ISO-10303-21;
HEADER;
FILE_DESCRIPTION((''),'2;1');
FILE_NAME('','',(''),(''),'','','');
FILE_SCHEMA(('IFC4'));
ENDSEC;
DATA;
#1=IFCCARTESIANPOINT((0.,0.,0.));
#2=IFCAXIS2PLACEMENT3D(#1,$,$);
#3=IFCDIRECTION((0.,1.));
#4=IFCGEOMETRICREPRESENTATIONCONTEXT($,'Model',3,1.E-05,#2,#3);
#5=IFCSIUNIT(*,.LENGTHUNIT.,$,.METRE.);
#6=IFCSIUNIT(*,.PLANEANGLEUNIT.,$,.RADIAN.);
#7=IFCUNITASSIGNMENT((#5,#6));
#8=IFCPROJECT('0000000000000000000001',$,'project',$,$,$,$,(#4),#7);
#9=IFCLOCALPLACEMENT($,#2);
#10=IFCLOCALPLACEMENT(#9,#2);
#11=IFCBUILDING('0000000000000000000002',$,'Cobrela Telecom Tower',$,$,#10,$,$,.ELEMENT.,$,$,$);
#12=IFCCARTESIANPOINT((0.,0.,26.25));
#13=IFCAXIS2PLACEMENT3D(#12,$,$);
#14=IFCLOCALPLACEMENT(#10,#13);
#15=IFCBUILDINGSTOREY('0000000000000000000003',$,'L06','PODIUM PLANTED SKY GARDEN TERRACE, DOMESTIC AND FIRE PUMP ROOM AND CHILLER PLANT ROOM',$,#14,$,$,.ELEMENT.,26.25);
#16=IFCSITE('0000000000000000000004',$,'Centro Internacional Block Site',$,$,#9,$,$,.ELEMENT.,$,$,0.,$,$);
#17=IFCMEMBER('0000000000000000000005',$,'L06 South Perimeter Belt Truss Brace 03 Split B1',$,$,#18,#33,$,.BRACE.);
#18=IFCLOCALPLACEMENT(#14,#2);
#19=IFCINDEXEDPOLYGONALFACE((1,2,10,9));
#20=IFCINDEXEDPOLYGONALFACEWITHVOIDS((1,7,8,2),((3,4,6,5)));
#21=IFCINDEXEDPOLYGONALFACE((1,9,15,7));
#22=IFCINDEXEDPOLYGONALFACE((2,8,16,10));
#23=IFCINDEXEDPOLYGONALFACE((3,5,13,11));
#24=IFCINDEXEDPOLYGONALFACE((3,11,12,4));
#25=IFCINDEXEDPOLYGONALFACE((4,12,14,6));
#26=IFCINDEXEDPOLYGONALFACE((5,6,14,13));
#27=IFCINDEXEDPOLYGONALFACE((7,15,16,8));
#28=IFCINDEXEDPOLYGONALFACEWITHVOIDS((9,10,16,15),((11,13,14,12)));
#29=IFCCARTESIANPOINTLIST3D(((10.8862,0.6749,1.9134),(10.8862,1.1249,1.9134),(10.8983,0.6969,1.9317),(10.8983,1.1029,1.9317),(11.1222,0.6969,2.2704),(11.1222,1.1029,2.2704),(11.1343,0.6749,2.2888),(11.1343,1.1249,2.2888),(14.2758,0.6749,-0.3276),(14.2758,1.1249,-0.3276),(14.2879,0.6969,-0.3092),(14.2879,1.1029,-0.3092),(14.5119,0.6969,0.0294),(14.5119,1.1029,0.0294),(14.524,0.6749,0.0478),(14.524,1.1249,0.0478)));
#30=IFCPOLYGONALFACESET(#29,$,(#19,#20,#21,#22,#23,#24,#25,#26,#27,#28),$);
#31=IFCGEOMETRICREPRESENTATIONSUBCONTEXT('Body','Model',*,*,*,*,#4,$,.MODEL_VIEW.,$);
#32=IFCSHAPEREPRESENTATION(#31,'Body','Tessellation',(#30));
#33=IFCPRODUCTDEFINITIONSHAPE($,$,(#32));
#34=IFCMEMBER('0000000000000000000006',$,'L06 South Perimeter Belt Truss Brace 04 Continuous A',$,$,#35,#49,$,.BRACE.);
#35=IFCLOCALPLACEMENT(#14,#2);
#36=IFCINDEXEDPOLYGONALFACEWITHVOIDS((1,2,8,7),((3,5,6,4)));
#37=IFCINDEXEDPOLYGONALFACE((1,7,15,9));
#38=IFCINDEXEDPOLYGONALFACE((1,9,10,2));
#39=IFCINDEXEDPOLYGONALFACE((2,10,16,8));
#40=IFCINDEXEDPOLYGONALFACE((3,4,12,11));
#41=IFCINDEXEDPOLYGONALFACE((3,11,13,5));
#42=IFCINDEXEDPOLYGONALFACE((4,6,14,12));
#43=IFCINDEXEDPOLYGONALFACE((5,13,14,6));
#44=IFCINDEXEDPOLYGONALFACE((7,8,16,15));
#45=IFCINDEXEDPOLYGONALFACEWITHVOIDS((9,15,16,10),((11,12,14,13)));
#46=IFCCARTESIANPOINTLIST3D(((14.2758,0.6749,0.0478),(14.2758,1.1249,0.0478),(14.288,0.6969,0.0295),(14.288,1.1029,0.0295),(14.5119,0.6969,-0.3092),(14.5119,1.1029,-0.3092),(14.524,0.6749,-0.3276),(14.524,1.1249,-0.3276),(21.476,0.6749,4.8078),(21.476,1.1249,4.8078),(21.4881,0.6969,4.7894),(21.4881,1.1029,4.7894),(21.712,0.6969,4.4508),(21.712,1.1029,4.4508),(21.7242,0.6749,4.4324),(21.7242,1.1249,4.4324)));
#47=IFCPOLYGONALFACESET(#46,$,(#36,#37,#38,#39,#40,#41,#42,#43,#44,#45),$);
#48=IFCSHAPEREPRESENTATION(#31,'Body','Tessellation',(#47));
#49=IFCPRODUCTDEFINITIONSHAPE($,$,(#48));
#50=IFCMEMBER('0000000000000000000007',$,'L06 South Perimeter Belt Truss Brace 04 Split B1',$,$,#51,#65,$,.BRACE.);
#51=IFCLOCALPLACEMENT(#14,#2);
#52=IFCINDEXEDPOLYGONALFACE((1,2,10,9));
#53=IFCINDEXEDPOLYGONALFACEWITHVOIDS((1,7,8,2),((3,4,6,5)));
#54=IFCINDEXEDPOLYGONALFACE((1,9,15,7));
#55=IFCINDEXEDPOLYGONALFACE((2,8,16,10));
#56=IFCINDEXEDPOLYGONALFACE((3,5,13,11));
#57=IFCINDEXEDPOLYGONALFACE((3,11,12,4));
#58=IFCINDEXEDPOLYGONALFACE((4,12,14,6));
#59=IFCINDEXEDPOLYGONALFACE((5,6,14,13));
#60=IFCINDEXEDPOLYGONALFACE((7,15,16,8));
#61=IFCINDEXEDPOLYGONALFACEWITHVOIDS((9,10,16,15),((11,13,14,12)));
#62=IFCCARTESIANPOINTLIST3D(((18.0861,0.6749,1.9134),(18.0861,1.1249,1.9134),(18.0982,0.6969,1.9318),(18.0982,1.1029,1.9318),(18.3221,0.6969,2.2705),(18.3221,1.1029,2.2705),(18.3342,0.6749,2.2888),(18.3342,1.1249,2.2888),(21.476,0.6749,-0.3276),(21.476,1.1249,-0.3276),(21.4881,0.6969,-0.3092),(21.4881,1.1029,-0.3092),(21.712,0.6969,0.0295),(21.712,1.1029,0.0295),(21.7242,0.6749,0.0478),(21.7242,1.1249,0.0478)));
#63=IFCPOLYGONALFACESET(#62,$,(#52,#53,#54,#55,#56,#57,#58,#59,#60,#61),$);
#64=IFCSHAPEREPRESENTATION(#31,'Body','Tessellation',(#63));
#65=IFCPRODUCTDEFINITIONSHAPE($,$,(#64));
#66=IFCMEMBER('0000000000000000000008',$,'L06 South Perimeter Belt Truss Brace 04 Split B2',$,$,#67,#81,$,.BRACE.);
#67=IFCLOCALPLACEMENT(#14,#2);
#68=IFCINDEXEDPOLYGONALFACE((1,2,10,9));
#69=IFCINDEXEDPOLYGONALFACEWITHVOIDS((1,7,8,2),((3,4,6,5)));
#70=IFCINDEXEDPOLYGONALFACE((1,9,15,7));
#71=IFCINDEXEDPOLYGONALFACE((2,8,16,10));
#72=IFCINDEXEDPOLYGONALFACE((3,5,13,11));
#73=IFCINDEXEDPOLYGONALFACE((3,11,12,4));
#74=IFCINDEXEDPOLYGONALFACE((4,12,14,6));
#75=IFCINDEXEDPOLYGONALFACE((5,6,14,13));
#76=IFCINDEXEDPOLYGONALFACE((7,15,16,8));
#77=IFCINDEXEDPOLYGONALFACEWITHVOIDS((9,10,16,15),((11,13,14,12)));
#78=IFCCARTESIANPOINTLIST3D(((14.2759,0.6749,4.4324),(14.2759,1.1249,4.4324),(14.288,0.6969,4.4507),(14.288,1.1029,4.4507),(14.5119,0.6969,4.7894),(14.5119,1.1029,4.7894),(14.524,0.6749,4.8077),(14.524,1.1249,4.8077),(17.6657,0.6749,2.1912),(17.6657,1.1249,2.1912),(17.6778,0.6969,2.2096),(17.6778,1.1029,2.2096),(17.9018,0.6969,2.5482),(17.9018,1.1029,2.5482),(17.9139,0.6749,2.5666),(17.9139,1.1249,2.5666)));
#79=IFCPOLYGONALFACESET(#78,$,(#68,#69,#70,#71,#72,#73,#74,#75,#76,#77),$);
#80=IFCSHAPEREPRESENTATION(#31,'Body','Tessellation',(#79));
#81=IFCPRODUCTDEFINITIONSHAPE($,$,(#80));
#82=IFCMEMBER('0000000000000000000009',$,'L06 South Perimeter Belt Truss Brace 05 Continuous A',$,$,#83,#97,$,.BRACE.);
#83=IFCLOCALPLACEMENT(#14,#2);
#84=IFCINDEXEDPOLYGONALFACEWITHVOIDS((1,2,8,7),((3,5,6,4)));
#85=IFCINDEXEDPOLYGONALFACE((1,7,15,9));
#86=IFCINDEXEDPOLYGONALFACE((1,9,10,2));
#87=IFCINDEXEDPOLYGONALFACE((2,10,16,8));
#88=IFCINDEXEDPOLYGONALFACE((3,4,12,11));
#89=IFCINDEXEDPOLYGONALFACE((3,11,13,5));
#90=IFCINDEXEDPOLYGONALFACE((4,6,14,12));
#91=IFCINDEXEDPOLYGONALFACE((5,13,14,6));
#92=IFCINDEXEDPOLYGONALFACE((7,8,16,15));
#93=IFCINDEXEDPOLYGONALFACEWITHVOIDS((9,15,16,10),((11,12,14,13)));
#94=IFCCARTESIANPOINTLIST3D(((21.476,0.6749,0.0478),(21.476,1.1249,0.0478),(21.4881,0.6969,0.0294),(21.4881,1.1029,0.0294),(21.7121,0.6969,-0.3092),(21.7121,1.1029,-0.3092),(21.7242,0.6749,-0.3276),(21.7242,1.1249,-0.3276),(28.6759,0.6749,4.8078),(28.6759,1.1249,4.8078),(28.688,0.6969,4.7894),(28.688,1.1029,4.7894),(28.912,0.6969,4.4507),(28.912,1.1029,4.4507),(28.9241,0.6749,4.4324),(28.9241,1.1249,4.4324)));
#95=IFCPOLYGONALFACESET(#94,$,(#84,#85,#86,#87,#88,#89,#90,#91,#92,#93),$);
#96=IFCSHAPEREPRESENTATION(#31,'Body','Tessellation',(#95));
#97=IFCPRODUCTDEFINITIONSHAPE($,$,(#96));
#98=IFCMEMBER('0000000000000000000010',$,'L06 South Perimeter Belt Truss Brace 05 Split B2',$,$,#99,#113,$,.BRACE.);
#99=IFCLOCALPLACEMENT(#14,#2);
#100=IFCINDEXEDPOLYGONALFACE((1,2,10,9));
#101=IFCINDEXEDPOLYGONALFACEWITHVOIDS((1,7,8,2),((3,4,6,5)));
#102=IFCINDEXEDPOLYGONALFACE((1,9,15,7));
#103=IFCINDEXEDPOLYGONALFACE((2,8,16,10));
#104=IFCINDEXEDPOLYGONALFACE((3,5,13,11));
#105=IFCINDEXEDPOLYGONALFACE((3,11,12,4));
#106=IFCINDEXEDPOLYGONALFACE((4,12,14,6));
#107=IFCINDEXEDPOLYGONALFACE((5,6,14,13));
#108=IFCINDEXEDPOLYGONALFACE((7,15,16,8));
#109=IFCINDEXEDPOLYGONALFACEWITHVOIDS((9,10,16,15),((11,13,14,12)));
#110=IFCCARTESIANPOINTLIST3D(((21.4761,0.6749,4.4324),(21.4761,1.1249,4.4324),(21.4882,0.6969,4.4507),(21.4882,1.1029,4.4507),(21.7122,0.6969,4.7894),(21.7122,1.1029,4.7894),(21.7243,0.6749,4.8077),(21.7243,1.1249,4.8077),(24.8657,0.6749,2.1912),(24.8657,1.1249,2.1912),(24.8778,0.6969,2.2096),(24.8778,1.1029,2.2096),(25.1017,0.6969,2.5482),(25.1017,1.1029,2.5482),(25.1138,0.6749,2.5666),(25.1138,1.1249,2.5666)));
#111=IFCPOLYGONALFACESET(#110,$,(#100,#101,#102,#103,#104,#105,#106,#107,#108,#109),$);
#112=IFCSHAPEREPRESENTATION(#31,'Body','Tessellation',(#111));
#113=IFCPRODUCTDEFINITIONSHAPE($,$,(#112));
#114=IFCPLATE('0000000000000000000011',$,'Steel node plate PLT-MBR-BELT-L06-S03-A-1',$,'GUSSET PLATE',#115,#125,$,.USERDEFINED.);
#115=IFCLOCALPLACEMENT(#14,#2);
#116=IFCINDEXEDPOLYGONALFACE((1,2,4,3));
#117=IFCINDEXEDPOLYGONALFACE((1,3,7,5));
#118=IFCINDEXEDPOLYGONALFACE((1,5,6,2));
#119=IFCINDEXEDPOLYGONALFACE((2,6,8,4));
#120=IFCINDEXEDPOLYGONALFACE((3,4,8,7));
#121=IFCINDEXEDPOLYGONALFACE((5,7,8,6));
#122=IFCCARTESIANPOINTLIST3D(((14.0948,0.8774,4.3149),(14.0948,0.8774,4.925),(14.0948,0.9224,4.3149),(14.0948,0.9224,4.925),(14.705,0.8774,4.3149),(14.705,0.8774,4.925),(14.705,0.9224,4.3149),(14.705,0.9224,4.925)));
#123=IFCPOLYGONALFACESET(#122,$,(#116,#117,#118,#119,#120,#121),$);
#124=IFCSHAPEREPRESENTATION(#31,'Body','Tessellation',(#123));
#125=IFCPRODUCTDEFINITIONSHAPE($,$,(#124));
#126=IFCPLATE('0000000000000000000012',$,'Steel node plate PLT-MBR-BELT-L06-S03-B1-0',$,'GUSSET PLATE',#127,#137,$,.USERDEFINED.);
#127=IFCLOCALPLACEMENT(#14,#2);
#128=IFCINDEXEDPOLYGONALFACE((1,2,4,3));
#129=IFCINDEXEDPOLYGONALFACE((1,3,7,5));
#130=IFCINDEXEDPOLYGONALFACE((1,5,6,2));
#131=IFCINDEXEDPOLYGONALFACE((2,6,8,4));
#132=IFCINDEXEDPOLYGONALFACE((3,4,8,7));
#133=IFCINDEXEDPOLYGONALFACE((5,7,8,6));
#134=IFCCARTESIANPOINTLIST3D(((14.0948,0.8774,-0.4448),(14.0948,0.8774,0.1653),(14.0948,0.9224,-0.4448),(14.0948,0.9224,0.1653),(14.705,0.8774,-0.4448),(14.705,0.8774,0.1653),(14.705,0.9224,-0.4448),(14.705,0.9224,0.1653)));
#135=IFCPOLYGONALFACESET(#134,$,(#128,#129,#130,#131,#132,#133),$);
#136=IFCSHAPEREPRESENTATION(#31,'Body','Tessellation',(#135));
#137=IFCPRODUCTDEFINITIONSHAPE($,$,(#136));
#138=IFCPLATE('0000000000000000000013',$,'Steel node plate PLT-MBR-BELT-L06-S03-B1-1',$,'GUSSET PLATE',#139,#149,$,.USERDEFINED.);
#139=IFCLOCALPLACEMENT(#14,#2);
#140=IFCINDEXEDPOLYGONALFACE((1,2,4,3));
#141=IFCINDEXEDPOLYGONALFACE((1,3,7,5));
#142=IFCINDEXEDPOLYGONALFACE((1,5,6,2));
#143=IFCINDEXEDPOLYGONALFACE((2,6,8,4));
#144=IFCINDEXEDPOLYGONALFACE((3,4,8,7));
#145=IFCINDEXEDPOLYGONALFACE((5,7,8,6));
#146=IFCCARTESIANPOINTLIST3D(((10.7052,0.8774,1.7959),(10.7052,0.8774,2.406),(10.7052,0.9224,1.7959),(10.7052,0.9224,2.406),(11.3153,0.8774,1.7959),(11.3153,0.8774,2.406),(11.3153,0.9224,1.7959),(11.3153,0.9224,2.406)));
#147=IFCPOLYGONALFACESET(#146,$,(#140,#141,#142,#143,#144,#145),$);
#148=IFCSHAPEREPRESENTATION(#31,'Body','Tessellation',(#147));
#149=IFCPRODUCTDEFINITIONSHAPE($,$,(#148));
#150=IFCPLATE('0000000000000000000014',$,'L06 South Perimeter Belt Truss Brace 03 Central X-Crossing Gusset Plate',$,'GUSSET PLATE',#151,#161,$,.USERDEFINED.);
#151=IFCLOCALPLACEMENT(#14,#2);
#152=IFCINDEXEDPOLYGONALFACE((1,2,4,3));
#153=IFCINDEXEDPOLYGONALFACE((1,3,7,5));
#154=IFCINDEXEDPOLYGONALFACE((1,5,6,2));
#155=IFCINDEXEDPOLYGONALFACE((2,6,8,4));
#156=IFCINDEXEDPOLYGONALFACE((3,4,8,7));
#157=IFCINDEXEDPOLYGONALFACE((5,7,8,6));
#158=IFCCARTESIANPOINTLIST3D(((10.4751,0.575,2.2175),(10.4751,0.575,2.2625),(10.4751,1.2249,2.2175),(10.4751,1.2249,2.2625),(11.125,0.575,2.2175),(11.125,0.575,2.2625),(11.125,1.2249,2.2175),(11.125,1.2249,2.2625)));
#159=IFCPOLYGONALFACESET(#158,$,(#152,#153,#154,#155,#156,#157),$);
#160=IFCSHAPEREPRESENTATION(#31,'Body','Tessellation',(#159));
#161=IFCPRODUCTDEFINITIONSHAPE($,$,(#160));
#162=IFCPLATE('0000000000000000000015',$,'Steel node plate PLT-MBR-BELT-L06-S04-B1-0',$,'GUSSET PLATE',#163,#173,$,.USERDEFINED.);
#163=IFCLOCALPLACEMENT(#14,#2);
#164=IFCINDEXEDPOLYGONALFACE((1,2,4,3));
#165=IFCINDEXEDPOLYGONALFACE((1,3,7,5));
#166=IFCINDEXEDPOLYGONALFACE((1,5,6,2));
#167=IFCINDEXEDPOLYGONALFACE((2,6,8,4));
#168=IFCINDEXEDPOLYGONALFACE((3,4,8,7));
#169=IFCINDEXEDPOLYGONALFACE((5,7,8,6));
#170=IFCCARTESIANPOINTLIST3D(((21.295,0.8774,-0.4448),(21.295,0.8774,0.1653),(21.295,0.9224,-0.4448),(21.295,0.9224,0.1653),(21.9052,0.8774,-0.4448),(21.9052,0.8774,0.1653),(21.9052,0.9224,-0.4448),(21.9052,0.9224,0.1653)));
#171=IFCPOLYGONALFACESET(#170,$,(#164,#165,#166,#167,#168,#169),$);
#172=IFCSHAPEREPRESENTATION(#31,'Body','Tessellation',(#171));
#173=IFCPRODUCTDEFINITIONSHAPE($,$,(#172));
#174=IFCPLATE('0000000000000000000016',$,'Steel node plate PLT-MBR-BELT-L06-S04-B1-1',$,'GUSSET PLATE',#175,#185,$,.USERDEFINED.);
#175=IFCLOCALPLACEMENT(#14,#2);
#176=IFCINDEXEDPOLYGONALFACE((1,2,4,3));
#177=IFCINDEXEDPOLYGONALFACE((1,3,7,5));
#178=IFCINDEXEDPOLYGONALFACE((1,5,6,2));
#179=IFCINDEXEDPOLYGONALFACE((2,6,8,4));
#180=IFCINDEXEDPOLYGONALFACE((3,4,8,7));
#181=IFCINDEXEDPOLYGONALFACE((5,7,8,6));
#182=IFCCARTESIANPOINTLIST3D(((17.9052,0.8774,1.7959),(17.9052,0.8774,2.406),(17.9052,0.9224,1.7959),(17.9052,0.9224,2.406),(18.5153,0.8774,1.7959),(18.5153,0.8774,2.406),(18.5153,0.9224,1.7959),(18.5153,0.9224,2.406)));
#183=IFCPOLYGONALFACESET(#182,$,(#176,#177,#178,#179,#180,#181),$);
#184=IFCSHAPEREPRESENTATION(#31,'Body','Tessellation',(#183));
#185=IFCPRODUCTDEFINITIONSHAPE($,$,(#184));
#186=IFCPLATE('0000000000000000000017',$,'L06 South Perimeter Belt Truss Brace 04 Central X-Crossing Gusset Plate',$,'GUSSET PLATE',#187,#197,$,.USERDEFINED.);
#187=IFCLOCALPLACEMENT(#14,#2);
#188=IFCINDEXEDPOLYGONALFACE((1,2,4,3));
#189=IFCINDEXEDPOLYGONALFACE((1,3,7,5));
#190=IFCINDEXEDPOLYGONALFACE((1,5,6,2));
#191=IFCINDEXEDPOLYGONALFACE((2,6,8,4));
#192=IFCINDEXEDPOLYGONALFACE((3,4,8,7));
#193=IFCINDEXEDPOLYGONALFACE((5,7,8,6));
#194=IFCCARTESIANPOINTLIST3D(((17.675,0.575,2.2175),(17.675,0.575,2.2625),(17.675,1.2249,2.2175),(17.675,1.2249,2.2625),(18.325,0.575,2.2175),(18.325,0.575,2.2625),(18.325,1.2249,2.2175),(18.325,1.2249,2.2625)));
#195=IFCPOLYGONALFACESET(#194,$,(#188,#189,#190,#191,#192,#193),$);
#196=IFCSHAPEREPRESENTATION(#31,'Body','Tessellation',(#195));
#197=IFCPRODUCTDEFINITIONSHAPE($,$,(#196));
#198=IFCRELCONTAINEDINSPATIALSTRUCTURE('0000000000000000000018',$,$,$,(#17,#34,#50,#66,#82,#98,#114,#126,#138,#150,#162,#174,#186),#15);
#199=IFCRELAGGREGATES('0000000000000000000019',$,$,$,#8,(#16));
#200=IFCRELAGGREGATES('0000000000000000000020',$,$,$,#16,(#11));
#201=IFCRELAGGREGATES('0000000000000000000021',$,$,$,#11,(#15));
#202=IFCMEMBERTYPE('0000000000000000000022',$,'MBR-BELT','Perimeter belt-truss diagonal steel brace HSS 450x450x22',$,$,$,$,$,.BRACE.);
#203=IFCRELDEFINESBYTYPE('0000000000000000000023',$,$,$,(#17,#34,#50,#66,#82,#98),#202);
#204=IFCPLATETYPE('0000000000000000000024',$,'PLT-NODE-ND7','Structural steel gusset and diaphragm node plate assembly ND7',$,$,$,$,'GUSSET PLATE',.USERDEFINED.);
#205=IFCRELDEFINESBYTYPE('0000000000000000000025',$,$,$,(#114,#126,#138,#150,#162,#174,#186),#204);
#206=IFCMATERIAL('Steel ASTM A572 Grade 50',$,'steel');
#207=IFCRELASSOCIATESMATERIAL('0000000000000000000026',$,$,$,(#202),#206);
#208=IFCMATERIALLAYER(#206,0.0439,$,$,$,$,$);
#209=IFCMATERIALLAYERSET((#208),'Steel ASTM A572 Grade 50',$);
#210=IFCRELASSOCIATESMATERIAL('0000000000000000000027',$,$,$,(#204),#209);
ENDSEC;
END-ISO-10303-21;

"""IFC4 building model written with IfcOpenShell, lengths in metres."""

from ifc_helpers import new_model, si_unit, direction, frame, origin, origin_2d, place, context, subcontext, project, spatial, rectangle, hollow_rectangle, extrude, material, layer, layer_set, material_profile, profile_set, type_object, element, save


model = new_model("IFC4")

# Units and contexts
model_context = context("Model", 3, precision=1e-05, world=origin(), true_north=direction((0.0, 1.0)))
body_context = subcontext(model_context, "Body", "Model", "MODEL_VIEW")
ifc_project = project(units=[si_unit("LENGTHUNIT", "METRE"), si_unit("PLANEANGLEUNIT", "RADIAN")], contexts=[model_context])

# Site, building, storey
site_placement = place(None, origin())
site = spatial("IfcSite", under=ifc_project, at=site_placement, Name="Centro Internacional Block Site", CompositionType="ELEMENT", RefElevation=0.0)
building_placement = place(site_placement, origin())
building = spatial("IfcBuilding", under=site, at=building_placement, Name="Cobrela Telecom Tower", CompositionType="ELEMENT")
storey_placement = place(building_placement, frame((0.0, 0.0, 26.25)))
storey = spatial("IfcBuildingStorey", under=building, at=storey_placement, Name="L06", Description="PODIUM PLANTED SKY GARDEN TERRACE, DOMESTIC AND FIRE PUMP ROOM AND CHILLER PLANT ROOM", CompositionType="ELEMENT", Elevation=26.25)

# Shared definitions
ifc_material_1 = material(Name="Steel ASTM A572 Grade 50", Category="steel")

# Members
ifc_material_profile_1 = material_profile(ifc_material_1, hollow_rectangle(XDim=0.45, YDim=0.45, WallThickness=0.022, at=origin_2d()), Name="HSS 450x450x22")
ifc_profile_set_1 = profile_set([ifc_material_profile_1], Name="Steel ASTM A572 Grade 50")
member_type = type_object("IfcMemberType", Name="MBR-BELT", Description="Perimeter belt-truss diagonal steel brace HSS 450x450x22", PredefinedType="BRACE", material=ifc_profile_set_1)
member_1_placement = place(storey_placement, frame((14.3999, 0.8999, -0.1399), z_axis=(-0.834179, 0.0, 0.551493), x_axis=(0.0, -1.0, 0.0)))
element("IfcMember", 1, at=member_1_placement, inside=storey, type_object=member_type, Name="L06 South Perimeter Belt Truss Brace 03 Split B1", PredefinedType="BRACE", context=body_context, shape_type="SweptSolid", body=[
    extrude(hollow_rectangle(XDim=0.45, YDim=0.45, WallThickness=0.022, at=origin_2d()), origin(), (0.0, 0.0, 1.0), 4.0635),
])
member_2_placement = place(storey_placement, frame((14.3999, 0.8999, -0.1399), z_axis=(0.834189, 0.0, 0.551478), x_axis=(0.0, 1.0, 0.0)))
element("IfcMember", 2, at=member_2_placement, inside=storey, type_object=member_type, Name="L06 South Perimeter Belt Truss Brace 04 Continuous A", PredefinedType="BRACE", context=body_context, shape_type="SweptSolid", body=[
    extrude(hollow_rectangle(XDim=0.45, YDim=0.45, WallThickness=0.022, at=origin_2d()), origin(), (0.0, 0.0, 1.0), 8.6313),
])
for number, where, z_axis, x_axis, name in (
    (3, (21.6001, 0.8999, -0.1399), (-0.834198, 0.0, 0.551466), (0.0, -1.0, 0.0), "L06 South Perimeter Belt Truss Brace 04 Split B1"),
    (4, (17.7898, 0.8999, 2.3789), (-0.83417, 0.0, 0.551507), (0.0, -1.0, 0.0), "L06 South Perimeter Belt Truss Brace 04 Split B2"),
):
    element("IfcMember", number, at=place(storey_placement, frame(where, z_axis=z_axis, x_axis=x_axis)), inside=storey, type_object=member_type, Name=name, PredefinedType="BRACE", context=body_context, shape_type="SweptSolid", body=[
        extrude(hollow_rectangle(XDim=0.45, YDim=0.45, WallThickness=0.022, at=origin_2d()), origin(), (0.0, 0.0, 1.0), 4.0637),
    ])
member_3_placement = place(storey_placement, frame((21.6001, 0.8999, -0.1399), z_axis=(0.834181, 0.0, 0.551491), x_axis=(0.0, 1.0, 0.0)))
element("IfcMember", 5, at=member_3_placement, inside=storey, type_object=member_type, Name="L06 South Perimeter Belt Truss Brace 05 Continuous A", PredefinedType="BRACE", context=body_context, shape_type="SweptSolid", body=[
    extrude(hollow_rectangle(XDim=0.45, YDim=0.45, WallThickness=0.022, at=origin_2d()), origin(), (0.0, 0.0, 1.0), 8.6311),
])
member_4_placement = place(storey_placement, frame((24.9897, 0.8999, 2.3789), z_axis=(-0.834152, 0.0, 0.551535), x_axis=(0.0, -1.0, 0.0)))
element("IfcMember", 6, at=member_4_placement, inside=storey, type_object=member_type, Name="L06 South Perimeter Belt Truss Brace 05 Split B2", PredefinedType="BRACE", context=body_context, shape_type="SweptSolid", body=[
    extrude(hollow_rectangle(XDim=0.45, YDim=0.45, WallThickness=0.022, at=origin_2d()), origin(), (0.0, 0.0, 1.0), 4.0635),
])

# Plates
ifc_layer = layer(ifc_material_1, 0.0439)
ifc_layer_set = layer_set([ifc_layer], Name="Steel ASTM A572 Grade 50")
plate_type = type_object("IfcPlateType", Name="PLT-NODE-ND7", Description="Structural steel gusset and diaphragm node plate assembly ND7", ElementType="GUSSET PLATE", PredefinedType="USERDEFINED", material=ifc_layer_set)
for number, where, z_axis, x_axis, name in (
    (7, (14.3999, 0.8999, 4.3149), (0.0, 0.0, 1.0), (1.0, 0.0, 0.0), "Steel node plate PLT-MBR-BELT-L06-S03-A-1"),
    (8, (14.3999, 0.8999, -0.4448), (0.0, 0.0, 1.0), (-1.0, 0.0, 0.0), "Steel node plate PLT-MBR-BELT-L06-S03-B1-0"),
    (9, (11.0103, 0.8999, 1.7959), (0.0, 0.0, 1.0), (-1.0, 0.0, 0.0), "Steel node plate PLT-MBR-BELT-L06-S03-B1-1"),
):
    element("IfcPlate", number, at=place(storey_placement, frame(where, z_axis=z_axis, x_axis=x_axis)), inside=storey, type_object=plate_type, Name=name, ObjectType="GUSSET PLATE", PredefinedType="USERDEFINED", context=body_context, shape_type="SweptSolid", body=[
        extrude(rectangle(XDim=0.6101, YDim=0.0449, at=origin_2d()), origin(), (0.0, 0.0, 1.0), 0.6101),
    ])
plate_1_placement = place(storey_placement, frame((10.8, 0.8999, 2.2175), z_axis=(0.0, 0.0, 1.0), x_axis=(1.0, 0.0, 0.0)))
element("IfcPlate", 10, at=plate_1_placement, inside=storey, type_object=plate_type, Name="L06 South Perimeter Belt Truss Brace 03 Central X-Crossing Gusset Plate", ObjectType="GUSSET PLATE", PredefinedType="USERDEFINED", context=body_context, shape_type="SweptSolid", body=[
    extrude(rectangle(XDim=0.6499, YDim=0.6499, at=origin_2d()), origin(), (0.0, 0.0, 1.0), 0.0449),
])
for number, where, z_axis, x_axis, name in (
    (11, (21.6001, 0.8999, -0.4448), (0.0, 0.0, 1.0), (-1.0, 0.0, 0.0), "Steel node plate PLT-MBR-BELT-L06-S04-B1-0"),
    (12, (18.2102, 0.8999, 1.7959), (0.0, 0.0, 1.0), (-1.0, 0.0, 0.0), "Steel node plate PLT-MBR-BELT-L06-S04-B1-1"),
):
    element("IfcPlate", number, at=place(storey_placement, frame(where, z_axis=z_axis, x_axis=x_axis)), inside=storey, type_object=plate_type, Name=name, ObjectType="GUSSET PLATE", PredefinedType="USERDEFINED", context=body_context, shape_type="SweptSolid", body=[
        extrude(rectangle(XDim=0.6101, YDim=0.0449, at=origin_2d()), origin(), (0.0, 0.0, 1.0), 0.6101),
    ])
plate_2_placement = place(storey_placement, frame((18.0, 0.8999, 2.2175), z_axis=(0.0, 0.0, 1.0), x_axis=(1.0, 0.0, 0.0)))
element("IfcPlate", 13, at=plate_2_placement, inside=storey, type_object=plate_type, Name="L06 South Perimeter Belt Truss Brace 04 Central X-Crossing Gusset Plate", ObjectType="GUSSET PLATE", PredefinedType="USERDEFINED", context=body_context, shape_type="SweptSolid", body=[
    extrude(rectangle(XDim=0.6499, YDim=0.6499, at=origin_2d()), origin(), (0.0, 0.0, 1.0), 0.0449),
])

save(model, "model.ifc")
